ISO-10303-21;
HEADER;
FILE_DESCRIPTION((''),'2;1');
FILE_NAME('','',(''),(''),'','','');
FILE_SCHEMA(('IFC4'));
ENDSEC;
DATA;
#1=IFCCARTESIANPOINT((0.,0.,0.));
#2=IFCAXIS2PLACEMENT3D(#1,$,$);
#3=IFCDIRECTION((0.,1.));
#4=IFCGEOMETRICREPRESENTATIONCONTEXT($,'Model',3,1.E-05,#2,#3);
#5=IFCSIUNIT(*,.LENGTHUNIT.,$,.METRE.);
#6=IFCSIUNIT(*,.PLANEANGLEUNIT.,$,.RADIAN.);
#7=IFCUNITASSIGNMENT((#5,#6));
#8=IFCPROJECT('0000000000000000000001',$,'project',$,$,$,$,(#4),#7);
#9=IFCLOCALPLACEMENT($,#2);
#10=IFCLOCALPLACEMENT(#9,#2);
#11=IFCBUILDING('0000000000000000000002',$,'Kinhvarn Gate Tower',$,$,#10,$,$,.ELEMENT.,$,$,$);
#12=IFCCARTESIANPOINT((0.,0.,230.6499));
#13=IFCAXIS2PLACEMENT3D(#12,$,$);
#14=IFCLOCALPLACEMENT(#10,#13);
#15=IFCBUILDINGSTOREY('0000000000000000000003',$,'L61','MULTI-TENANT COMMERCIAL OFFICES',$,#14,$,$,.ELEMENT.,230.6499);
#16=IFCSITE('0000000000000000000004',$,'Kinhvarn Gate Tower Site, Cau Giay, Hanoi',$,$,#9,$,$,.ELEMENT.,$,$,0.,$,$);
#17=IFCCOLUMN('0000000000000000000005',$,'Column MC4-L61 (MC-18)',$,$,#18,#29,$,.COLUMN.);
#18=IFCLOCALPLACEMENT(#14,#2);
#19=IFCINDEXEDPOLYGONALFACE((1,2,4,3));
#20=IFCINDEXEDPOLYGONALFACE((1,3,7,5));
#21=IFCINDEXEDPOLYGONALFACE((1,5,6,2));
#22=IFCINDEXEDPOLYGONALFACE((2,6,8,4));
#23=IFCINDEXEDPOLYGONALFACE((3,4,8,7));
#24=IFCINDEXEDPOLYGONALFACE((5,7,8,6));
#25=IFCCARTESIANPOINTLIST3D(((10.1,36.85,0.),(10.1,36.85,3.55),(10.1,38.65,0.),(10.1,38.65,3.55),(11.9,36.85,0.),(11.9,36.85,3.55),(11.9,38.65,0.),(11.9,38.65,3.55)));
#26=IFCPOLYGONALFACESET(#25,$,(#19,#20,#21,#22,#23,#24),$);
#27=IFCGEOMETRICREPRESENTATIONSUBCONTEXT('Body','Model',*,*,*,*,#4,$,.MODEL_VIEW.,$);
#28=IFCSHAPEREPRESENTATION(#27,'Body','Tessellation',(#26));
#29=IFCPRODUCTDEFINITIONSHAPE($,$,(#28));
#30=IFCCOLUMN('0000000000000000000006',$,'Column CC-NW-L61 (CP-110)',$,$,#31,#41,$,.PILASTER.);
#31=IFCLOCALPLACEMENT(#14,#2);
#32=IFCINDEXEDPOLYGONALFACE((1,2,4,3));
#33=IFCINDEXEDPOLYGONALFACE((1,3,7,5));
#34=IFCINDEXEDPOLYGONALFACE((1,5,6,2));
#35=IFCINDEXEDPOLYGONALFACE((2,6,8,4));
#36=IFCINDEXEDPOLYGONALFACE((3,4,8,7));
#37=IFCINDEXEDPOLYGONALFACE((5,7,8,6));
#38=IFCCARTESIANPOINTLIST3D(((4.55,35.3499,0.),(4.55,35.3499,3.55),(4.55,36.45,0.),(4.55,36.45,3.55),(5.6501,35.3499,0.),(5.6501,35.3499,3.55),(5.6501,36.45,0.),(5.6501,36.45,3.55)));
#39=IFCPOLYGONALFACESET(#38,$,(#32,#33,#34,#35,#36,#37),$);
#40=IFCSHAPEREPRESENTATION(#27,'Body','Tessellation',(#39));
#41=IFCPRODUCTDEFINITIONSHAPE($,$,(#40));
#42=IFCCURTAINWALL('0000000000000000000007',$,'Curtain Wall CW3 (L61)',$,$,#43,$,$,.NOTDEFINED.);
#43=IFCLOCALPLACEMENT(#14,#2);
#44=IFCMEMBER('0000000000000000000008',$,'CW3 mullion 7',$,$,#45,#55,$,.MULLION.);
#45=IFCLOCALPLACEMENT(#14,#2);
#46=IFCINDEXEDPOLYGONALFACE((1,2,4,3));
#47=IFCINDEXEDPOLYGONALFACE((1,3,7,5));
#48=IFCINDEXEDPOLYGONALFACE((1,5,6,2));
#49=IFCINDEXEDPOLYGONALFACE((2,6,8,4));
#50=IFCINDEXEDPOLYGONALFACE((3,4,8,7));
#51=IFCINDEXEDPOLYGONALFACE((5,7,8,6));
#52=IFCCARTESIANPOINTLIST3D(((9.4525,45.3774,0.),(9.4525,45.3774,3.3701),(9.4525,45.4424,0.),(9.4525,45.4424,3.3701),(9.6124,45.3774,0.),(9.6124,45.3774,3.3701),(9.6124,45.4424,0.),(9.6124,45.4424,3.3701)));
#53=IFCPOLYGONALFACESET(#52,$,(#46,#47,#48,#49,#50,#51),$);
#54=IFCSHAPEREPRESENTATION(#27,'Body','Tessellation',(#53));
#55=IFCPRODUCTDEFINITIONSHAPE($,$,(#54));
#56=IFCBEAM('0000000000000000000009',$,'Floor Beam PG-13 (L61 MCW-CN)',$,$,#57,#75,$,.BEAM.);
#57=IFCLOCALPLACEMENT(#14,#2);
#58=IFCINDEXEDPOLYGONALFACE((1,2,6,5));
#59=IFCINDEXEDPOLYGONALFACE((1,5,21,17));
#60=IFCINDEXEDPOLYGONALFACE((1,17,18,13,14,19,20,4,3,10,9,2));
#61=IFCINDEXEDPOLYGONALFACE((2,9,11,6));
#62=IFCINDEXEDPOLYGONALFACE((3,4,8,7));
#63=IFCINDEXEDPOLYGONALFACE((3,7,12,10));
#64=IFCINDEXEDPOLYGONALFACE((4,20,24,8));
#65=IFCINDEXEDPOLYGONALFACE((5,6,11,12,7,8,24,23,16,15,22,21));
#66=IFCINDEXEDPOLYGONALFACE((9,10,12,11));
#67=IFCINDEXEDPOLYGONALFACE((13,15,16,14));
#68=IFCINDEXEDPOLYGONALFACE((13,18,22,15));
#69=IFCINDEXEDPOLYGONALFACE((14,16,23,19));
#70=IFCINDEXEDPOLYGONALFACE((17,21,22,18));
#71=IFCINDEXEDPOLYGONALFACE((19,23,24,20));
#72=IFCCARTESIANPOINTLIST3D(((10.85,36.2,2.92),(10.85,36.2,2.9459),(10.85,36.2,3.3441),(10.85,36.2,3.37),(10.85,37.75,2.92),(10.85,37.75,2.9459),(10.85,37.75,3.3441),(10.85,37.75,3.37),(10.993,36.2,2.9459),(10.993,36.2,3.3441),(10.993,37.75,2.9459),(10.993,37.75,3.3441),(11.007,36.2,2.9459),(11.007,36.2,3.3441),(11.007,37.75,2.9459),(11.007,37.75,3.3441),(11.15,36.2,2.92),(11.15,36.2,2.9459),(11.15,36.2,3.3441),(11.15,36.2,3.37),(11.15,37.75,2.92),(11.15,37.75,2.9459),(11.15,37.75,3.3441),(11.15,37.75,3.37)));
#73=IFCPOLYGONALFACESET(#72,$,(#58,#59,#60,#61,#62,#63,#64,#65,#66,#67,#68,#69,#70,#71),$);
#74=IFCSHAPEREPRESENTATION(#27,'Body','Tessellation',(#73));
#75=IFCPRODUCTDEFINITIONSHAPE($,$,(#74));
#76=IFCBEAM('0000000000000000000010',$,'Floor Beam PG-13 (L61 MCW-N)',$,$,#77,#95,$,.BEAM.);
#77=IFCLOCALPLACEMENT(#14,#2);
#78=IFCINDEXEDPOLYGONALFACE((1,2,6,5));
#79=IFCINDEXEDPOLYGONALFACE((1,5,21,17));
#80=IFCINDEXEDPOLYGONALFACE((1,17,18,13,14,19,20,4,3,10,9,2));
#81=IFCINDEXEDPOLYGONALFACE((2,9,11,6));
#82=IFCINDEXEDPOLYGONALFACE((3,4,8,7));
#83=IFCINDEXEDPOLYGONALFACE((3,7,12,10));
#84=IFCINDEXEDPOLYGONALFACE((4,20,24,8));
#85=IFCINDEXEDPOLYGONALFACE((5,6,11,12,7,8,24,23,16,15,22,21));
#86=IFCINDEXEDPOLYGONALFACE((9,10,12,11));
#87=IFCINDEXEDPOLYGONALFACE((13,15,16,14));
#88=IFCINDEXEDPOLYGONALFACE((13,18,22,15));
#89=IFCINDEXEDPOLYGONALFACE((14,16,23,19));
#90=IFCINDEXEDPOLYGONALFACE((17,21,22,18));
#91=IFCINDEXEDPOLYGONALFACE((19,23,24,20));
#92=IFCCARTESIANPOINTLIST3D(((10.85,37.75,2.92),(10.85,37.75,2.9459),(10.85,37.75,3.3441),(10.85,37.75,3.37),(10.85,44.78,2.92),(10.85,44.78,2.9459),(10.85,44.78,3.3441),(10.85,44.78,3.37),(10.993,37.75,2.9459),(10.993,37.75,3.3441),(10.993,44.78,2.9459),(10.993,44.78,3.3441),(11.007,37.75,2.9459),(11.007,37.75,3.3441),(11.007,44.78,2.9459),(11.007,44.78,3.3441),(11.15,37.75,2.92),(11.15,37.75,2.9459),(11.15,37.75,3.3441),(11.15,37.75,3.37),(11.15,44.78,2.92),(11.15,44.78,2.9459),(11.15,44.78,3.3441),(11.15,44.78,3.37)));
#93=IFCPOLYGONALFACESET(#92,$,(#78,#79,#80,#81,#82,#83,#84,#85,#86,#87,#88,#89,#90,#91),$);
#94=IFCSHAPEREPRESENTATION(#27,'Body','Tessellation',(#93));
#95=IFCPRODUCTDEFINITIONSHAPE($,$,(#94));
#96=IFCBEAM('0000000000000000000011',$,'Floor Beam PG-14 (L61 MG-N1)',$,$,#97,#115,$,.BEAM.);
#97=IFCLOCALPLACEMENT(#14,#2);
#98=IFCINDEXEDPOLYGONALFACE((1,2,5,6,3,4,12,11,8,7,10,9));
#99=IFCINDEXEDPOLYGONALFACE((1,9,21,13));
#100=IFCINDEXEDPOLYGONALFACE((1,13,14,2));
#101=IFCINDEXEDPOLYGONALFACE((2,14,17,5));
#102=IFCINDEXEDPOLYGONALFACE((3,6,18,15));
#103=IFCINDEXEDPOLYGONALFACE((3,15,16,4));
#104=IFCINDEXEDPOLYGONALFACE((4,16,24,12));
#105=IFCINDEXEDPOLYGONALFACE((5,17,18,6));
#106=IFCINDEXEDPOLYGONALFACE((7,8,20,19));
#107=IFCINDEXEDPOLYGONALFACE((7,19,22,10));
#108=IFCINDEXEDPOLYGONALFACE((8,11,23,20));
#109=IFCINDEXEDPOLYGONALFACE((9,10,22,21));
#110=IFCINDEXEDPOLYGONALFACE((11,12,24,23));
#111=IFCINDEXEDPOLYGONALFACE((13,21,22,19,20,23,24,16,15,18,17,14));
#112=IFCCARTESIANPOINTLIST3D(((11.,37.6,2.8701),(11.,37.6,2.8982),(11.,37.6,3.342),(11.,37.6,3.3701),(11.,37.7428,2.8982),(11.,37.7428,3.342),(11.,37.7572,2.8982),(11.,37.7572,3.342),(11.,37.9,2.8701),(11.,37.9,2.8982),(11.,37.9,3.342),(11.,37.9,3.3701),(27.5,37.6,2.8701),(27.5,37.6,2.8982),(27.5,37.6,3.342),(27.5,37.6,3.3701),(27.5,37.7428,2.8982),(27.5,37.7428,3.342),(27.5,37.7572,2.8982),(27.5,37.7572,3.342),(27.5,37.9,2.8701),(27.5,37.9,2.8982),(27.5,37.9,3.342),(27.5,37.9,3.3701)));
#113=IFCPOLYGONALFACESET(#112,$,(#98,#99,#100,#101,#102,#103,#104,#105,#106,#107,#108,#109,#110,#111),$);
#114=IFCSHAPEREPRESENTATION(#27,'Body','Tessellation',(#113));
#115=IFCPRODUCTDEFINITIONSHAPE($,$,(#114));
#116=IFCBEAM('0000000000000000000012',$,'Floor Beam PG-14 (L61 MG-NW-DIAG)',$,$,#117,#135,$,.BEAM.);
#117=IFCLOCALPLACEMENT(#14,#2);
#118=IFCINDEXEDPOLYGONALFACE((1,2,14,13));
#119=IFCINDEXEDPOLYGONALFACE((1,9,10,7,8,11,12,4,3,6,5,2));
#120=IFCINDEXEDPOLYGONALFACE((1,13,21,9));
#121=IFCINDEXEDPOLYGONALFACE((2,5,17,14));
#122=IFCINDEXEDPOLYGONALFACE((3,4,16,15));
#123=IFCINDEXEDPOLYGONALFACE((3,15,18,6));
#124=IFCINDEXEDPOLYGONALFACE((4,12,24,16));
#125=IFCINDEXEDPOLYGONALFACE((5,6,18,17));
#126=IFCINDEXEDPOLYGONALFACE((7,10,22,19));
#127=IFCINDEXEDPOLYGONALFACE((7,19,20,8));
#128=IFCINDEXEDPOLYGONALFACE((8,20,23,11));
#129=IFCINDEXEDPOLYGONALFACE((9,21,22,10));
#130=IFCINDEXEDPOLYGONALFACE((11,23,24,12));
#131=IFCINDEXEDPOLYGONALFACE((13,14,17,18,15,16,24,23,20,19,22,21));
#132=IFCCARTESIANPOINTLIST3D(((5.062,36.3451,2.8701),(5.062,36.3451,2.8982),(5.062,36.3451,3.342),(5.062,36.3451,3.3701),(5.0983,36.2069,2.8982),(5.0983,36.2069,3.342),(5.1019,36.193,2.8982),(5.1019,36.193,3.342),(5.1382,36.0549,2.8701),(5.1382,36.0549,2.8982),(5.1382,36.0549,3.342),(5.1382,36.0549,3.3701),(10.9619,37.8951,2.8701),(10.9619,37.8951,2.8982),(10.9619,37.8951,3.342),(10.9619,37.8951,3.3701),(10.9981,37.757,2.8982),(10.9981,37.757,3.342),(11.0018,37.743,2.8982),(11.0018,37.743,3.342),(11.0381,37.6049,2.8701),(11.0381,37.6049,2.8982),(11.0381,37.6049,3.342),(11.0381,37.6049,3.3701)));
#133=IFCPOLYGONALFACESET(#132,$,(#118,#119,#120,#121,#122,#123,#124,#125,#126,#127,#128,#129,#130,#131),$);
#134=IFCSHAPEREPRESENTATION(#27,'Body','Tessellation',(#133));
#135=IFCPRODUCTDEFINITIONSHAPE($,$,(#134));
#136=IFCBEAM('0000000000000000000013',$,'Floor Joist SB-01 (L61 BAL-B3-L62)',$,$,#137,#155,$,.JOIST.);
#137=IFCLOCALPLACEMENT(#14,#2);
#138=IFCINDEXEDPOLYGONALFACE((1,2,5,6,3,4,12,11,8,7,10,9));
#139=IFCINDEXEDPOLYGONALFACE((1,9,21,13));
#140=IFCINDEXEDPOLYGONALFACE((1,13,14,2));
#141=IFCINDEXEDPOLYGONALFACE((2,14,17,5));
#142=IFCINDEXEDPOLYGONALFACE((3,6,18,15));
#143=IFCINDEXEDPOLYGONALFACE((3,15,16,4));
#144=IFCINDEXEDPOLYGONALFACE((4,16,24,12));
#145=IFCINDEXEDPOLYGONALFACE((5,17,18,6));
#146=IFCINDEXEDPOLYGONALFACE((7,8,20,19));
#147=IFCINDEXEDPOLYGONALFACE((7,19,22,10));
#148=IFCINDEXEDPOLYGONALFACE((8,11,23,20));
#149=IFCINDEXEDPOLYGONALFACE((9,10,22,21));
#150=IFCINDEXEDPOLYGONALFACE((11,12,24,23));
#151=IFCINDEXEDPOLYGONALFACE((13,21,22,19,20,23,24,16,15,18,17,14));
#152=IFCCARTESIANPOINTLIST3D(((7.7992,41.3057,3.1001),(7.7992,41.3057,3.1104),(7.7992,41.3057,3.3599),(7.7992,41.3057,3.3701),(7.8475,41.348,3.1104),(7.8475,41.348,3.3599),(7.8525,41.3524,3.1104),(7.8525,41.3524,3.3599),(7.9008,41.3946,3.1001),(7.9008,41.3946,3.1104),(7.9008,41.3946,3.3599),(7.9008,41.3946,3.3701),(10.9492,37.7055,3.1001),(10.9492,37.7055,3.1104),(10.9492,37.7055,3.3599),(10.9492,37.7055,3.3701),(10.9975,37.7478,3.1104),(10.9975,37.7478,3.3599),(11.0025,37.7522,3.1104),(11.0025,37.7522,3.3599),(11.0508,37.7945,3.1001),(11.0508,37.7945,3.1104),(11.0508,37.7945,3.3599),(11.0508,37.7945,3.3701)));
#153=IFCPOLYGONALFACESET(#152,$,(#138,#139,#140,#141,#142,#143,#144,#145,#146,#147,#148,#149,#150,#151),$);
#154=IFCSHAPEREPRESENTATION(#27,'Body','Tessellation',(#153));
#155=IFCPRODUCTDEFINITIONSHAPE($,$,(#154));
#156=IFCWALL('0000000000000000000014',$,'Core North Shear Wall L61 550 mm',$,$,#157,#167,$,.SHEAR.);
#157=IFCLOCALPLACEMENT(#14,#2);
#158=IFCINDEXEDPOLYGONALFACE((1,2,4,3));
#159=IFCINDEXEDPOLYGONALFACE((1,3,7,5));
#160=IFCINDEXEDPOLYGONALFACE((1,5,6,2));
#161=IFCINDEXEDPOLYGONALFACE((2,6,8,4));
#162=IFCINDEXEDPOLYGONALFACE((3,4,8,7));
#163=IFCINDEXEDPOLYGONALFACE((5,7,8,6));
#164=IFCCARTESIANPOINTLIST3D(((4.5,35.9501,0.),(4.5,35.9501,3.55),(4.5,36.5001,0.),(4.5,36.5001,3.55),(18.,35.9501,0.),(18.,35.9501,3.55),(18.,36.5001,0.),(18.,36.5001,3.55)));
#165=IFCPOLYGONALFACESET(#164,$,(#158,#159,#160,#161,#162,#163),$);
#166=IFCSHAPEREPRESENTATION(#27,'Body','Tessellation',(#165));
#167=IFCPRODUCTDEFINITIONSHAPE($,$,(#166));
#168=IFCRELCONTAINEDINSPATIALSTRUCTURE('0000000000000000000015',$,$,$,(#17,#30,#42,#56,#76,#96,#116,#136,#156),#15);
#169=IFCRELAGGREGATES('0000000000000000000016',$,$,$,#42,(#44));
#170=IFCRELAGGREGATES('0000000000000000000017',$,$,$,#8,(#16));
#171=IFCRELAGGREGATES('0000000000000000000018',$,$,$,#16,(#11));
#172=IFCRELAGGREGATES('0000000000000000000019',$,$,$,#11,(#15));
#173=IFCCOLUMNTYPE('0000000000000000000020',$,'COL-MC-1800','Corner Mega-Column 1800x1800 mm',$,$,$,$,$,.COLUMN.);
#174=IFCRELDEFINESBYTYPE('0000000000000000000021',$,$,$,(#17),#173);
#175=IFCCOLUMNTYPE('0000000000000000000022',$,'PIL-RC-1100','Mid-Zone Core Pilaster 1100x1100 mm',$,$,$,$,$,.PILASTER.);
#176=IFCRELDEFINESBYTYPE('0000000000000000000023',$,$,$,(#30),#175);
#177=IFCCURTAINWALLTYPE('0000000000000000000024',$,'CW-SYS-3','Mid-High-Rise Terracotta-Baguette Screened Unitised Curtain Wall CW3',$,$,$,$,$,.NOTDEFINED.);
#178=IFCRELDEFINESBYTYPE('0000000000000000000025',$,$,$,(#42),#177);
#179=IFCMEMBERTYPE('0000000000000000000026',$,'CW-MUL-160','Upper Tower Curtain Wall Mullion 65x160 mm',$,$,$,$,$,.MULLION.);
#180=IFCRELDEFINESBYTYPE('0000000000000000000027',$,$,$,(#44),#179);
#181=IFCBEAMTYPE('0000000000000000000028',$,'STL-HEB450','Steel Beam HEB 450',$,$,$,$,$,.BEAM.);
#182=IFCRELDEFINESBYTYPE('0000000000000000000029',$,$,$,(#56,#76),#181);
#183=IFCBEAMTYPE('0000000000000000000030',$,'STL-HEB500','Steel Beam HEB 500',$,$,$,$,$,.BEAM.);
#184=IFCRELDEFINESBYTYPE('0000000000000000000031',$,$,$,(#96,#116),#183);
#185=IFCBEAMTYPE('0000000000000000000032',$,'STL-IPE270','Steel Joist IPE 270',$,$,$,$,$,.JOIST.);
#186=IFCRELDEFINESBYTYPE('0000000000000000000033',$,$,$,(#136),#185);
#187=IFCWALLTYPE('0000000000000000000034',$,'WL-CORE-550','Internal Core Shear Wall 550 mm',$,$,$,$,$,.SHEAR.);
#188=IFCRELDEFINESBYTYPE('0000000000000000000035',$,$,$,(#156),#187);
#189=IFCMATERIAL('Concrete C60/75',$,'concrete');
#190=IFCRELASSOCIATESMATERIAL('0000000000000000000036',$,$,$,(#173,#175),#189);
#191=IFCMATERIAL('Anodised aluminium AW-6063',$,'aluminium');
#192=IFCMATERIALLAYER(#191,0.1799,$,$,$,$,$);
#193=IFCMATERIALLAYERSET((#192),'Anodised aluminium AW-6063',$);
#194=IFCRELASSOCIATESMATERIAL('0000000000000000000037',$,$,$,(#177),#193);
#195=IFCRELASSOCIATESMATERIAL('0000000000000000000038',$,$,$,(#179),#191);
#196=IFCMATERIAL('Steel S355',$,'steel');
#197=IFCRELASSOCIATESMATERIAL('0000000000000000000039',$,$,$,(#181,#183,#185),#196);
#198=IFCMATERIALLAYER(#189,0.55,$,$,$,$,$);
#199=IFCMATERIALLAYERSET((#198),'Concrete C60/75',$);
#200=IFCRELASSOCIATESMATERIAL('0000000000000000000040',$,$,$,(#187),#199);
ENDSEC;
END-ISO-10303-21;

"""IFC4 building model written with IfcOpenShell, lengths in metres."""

from ifc_helpers import new_model, si_unit, direction, frame, frame_2d, origin, origin_2d, place, context, subcontext, project, spatial, rectangle, i_section, extrude, material, layer, layer_set, material_profile, profile_set, type_object, element, aggregate, save


model = new_model("IFC4")

# Units and contexts
model_context = context("Model", 3, precision=1e-05, world=origin(), true_north=direction((0.0, 1.0)))
body_context = subcontext(model_context, "Body", "Model", "MODEL_VIEW")
ifc_project = project(units=[si_unit("LENGTHUNIT", "METRE"), si_unit("PLANEANGLEUNIT", "RADIAN")], contexts=[model_context])

# Site, building, storey
site_placement = place(None, origin())
site = spatial("IfcSite", under=ifc_project, at=site_placement, Name="Kinhvarn Gate Tower Site, Cau Giay, Hanoi", CompositionType="ELEMENT", RefElevation=0.0)
building_placement = place(site_placement, origin())
building = spatial("IfcBuilding", under=site, at=building_placement, Name="Kinhvarn Gate Tower", CompositionType="ELEMENT")
storey_placement = place(building_placement, frame((0.0, 0.0, 230.6499)))
storey = spatial("IfcBuildingStorey", under=building, at=storey_placement, Name="L61", Description="MULTI-TENANT COMMERCIAL OFFICES", CompositionType="ELEMENT", Elevation=230.6499)

# Columns
ifc_material_1 = material(Name="Concrete C60/75", Category="concrete")
ifc_material_profile_1 = material_profile(ifc_material_1, rectangle(XDim=1.8, YDim=1.8, at=origin_2d()), Name="RC 1800x1800")
ifc_profile_set_1 = profile_set([ifc_material_profile_1], Name="Concrete C60/75")
column_type_1 = type_object("IfcColumnType", Name="COL-MC-1800", Description="Corner Mega-Column 1800x1800 mm", PredefinedType="COLUMN", material=ifc_profile_set_1)
column_1_placement = place(storey_placement, frame((11.0, 37.75, 0.0), z_axis=(0.0, 0.0, 1.0), x_axis=(1.0, 0.0, 0.0)))
element("IfcColumn", 1, at=column_1_placement, inside=storey, type_object=column_type_1, Name="Column MC4-L61 (MC-18)", PredefinedType="COLUMN", context=body_context, shape_type="SweptSolid", body=[
    extrude(rectangle(XDim=1.8, YDim=1.8, at=origin_2d()), origin(), (0.0, 0.0, 1.0), 3.55),
])
ifc_material_profile_2 = material_profile(ifc_material_1, rectangle(XDim=1.1001, YDim=1.1001, at=origin_2d()), Name="RC 1100x1100")
ifc_profile_set_2 = profile_set([ifc_material_profile_2], Name="Concrete C60/75")
column_type_2 = type_object("IfcColumnType", Name="PIL-RC-1100", Description="Mid-Zone Core Pilaster 1100x1100 mm", PredefinedType="PILASTER", material=ifc_profile_set_2)
column_2_placement = place(storey_placement, frame((5.1001, 35.8999, 0.0), z_axis=(0.0, 0.0, 1.0), x_axis=(1.0, 0.0, 0.0)))
element("IfcColumn", 2, at=column_2_placement, inside=storey, type_object=column_type_2, Name="Column CC-NW-L61 (CP-110)", PredefinedType="PILASTER", context=body_context, shape_type="SweptSolid", body=[
    extrude(rectangle(XDim=1.1001, YDim=1.1001, at=origin_2d()), origin(), (0.0, 0.0, 1.0), 3.55),
])

# Curtain wall, member
ifc_material_2 = material(Name="Anodised aluminium AW-6063", Category="aluminium")
ifc_layer_1 = layer(ifc_material_2, 0.1799)
ifc_layer_set_1 = layer_set([ifc_layer_1], Name="Anodised aluminium AW-6063")
curtain_wall_type = type_object("IfcCurtainWallType", Name="CW-SYS-3", Description="Mid-High-Rise Terracotta-Baguette Screened Unitised Curtain Wall CW3", PredefinedType="NOTDEFINED", material=ifc_layer_set_1)
curtain_wall_placement = place(storey_placement, origin())
curtain_wall = element("IfcCurtainWall", 3, at=curtain_wall_placement, inside=storey, type_object=curtain_wall_type, Name="Curtain Wall CW3 (L61)", PredefinedType="NOTDEFINED")
ifc_material_profile_3 = material_profile(ifc_material_2, rectangle(XDim=0.0649, YDim=0.1599, at=origin_2d()), Name="ALU 65x160")
ifc_profile_set_3 = profile_set([ifc_material_profile_3], Name="Anodised aluminium AW-6063")
member_type = type_object("IfcMemberType", Name="CW-MUL-160", Description="Upper Tower Curtain Wall Mullion 65x160 mm", PredefinedType="MULLION", material=ifc_profile_set_3)
member_placement = place(storey_placement, frame((9.5325, 45.4099, 0.0), z_axis=(0.0, 0.0, 1.0), x_axis=(0.0, -1.0, 0.0)))
member = element("IfcMember", 4, at=member_placement, type_object=member_type, Name="CW3 mullion 7", PredefinedType="MULLION", context=body_context, shape_type="SweptSolid", body=[
    extrude(rectangle(XDim=0.0649, YDim=0.1599, at=origin_2d()), origin(), (0.0, 0.0, 1.0), 3.3701),
])
aggregate(curtain_wall, [member])

# Beams
ifc_material_3 = material(Name="Steel S355", Category="steel")
ifc_material_profile_4 = material_profile(ifc_material_3, i_section(OverallWidth=0.3, OverallDepth=0.45, WebThickness=0.0139, FlangeThickness=0.0259, at=origin_2d()), Name="HEB 450")
ifc_profile_set_4 = profile_set([ifc_material_profile_4], Name="Steel S355")
beam_type_1 = type_object("IfcBeamType", Name="STL-HEB450", Description="Steel Beam HEB 450", PredefinedType="BEAM", material=ifc_profile_set_4)
beam_1_placement = place(storey_placement, frame((11.0, 36.2, 3.145), z_axis=(0.0, 1.0, 0.0), x_axis=(-1.0, 0.0, 0.0)))
element("IfcBeam", 5, at=beam_1_placement, inside=storey, type_object=beam_type_1, Name="Floor Beam PG-13 (L61 MCW-CN)", PredefinedType="BEAM", context=body_context, shape_type="SweptSolid", body=[
    extrude(i_section(OverallWidth=0.3, OverallDepth=0.45, WebThickness=0.0139, FlangeThickness=0.0259, at=origin_2d()), origin(), (0.0, 0.0, 1.0), 1.55),
])
beam_2_placement = place(storey_placement, frame((11.0, 37.75, 3.145), z_axis=(0.0, 1.0, 0.0), x_axis=(-1.0, 0.0, 0.0)))
element("IfcBeam", 6, at=beam_2_placement, inside=storey, type_object=beam_type_1, Name="Floor Beam PG-13 (L61 MCW-N)", PredefinedType="BEAM", context=body_context, shape_type="SweptSolid", body=[
    extrude(i_section(OverallWidth=0.3, OverallDepth=0.45, WebThickness=0.0139, FlangeThickness=0.0259, at=origin_2d()), origin(), (0.0, 0.0, 1.0), 7.03),
])
ifc_material_profile_5 = material_profile(ifc_material_3, i_section(OverallWidth=0.3, OverallDepth=0.5, WebThickness=0.0144, FlangeThickness=0.0281, at=origin_2d()), Name="HEB 500")
ifc_profile_set_5 = profile_set([ifc_material_profile_5], Name="Steel S355")
beam_type_2 = type_object("IfcBeamType", Name="STL-HEB500", Description="Steel Beam HEB 500", PredefinedType="BEAM", material=ifc_profile_set_5)
beam_3_placement = place(storey_placement, frame((11.0, 37.75, 3.1201), z_axis=(1.0, 0.0, 0.0), x_axis=(0.0, 1.0, 0.0)))
element("IfcBeam", 7, at=beam_3_placement, inside=storey, type_object=beam_type_2, Name="Floor Beam PG-14 (L61 MG-N1)", PredefinedType="BEAM", context=body_context, shape_type="SweptSolid", body=[
    extrude(i_section(OverallWidth=0.3, OverallDepth=0.5, WebThickness=0.0144, FlangeThickness=0.0281, at=origin_2d()), origin(), (0.0, 0.0, 1.0), 16.5),
])
beam_4_placement = place(storey_placement, frame((5.1001, 36.2, 3.1201), z_axis=(0.967178, 0.254101, 0.0), x_axis=(-0.254101, 0.967178, 0.0)))
element("IfcBeam", 8, at=beam_4_placement, inside=storey, type_object=beam_type_2, Name="Floor Beam PG-14 (L61 MG-NW-DIAG)", PredefinedType="BEAM", context=body_context, shape_type="SweptSolid", body=[
    extrude(i_section(OverallWidth=0.3, OverallDepth=0.5, WebThickness=0.0144, FlangeThickness=0.0281, at=origin_2d()), origin(), (0.0, 0.0, 1.0), 6.1001),
])
ifc_material_profile_6 = material_profile(ifc_material_3, i_section(OverallWidth=0.135, OverallDepth=0.27, WebThickness=0.0066, FlangeThickness=0.0103, at=origin_2d()), Name="IPE 270")
ifc_profile_set_6 = profile_set([ifc_material_profile_6], Name="Steel S355")
beam_type_3 = type_object("IfcBeamType", Name="STL-IPE270", Description="Steel Joist IPE 270", PredefinedType="JOIST", material=ifc_profile_set_6)
beam_5_placement = place(storey_placement, frame((11.0, 37.75, 3.2351), z_axis=(-0.658483, 0.752596, 0.0), x_axis=(-0.752596, -0.658483, 0.0)))
element("IfcBeam", 9, at=beam_5_placement, inside=storey, type_object=beam_type_3, Name="Floor Joist SB-01 (L61 BAL-B3-L62)", PredefinedType="JOIST", context=body_context, shape_type="SweptSolid", body=[
    extrude(i_section(OverallWidth=0.135, OverallDepth=0.27, WebThickness=0.0066, FlangeThickness=0.0103, at=origin_2d()), origin(), (0.0, 0.0, 1.0), 4.7837),
])

# Wall
ifc_layer_2 = layer(ifc_material_1, 0.55)
ifc_layer_set_2 = layer_set([ifc_layer_2], Name="Concrete C60/75")
wall_type_1 = type_object("IfcWallType", Name="WL-CORE-550", Description="Internal Core Shear Wall 550 mm", PredefinedType="SHEAR", material=ifc_layer_set_2)
wall_1_placement = place(storey_placement, frame((4.5, 36.2251, 0.0), z_axis=(0.0, 0.0, 1.0), x_axis=(1.0, 0.0, 0.0)))
element("IfcWall", 10, at=wall_1_placement, inside=storey, type_object=wall_type_1, Name="Core North Shear Wall L61 550 mm", PredefinedType="SHEAR", context=body_context, shape_type="SweptSolid", body=[
    extrude(rectangle(XDim=13.5, YDim=0.55, at=frame_2d((6.75, 0.0))), origin(), (0.0, 0.0, 1.0), 3.55),
])

save(model, "model.ifc")
